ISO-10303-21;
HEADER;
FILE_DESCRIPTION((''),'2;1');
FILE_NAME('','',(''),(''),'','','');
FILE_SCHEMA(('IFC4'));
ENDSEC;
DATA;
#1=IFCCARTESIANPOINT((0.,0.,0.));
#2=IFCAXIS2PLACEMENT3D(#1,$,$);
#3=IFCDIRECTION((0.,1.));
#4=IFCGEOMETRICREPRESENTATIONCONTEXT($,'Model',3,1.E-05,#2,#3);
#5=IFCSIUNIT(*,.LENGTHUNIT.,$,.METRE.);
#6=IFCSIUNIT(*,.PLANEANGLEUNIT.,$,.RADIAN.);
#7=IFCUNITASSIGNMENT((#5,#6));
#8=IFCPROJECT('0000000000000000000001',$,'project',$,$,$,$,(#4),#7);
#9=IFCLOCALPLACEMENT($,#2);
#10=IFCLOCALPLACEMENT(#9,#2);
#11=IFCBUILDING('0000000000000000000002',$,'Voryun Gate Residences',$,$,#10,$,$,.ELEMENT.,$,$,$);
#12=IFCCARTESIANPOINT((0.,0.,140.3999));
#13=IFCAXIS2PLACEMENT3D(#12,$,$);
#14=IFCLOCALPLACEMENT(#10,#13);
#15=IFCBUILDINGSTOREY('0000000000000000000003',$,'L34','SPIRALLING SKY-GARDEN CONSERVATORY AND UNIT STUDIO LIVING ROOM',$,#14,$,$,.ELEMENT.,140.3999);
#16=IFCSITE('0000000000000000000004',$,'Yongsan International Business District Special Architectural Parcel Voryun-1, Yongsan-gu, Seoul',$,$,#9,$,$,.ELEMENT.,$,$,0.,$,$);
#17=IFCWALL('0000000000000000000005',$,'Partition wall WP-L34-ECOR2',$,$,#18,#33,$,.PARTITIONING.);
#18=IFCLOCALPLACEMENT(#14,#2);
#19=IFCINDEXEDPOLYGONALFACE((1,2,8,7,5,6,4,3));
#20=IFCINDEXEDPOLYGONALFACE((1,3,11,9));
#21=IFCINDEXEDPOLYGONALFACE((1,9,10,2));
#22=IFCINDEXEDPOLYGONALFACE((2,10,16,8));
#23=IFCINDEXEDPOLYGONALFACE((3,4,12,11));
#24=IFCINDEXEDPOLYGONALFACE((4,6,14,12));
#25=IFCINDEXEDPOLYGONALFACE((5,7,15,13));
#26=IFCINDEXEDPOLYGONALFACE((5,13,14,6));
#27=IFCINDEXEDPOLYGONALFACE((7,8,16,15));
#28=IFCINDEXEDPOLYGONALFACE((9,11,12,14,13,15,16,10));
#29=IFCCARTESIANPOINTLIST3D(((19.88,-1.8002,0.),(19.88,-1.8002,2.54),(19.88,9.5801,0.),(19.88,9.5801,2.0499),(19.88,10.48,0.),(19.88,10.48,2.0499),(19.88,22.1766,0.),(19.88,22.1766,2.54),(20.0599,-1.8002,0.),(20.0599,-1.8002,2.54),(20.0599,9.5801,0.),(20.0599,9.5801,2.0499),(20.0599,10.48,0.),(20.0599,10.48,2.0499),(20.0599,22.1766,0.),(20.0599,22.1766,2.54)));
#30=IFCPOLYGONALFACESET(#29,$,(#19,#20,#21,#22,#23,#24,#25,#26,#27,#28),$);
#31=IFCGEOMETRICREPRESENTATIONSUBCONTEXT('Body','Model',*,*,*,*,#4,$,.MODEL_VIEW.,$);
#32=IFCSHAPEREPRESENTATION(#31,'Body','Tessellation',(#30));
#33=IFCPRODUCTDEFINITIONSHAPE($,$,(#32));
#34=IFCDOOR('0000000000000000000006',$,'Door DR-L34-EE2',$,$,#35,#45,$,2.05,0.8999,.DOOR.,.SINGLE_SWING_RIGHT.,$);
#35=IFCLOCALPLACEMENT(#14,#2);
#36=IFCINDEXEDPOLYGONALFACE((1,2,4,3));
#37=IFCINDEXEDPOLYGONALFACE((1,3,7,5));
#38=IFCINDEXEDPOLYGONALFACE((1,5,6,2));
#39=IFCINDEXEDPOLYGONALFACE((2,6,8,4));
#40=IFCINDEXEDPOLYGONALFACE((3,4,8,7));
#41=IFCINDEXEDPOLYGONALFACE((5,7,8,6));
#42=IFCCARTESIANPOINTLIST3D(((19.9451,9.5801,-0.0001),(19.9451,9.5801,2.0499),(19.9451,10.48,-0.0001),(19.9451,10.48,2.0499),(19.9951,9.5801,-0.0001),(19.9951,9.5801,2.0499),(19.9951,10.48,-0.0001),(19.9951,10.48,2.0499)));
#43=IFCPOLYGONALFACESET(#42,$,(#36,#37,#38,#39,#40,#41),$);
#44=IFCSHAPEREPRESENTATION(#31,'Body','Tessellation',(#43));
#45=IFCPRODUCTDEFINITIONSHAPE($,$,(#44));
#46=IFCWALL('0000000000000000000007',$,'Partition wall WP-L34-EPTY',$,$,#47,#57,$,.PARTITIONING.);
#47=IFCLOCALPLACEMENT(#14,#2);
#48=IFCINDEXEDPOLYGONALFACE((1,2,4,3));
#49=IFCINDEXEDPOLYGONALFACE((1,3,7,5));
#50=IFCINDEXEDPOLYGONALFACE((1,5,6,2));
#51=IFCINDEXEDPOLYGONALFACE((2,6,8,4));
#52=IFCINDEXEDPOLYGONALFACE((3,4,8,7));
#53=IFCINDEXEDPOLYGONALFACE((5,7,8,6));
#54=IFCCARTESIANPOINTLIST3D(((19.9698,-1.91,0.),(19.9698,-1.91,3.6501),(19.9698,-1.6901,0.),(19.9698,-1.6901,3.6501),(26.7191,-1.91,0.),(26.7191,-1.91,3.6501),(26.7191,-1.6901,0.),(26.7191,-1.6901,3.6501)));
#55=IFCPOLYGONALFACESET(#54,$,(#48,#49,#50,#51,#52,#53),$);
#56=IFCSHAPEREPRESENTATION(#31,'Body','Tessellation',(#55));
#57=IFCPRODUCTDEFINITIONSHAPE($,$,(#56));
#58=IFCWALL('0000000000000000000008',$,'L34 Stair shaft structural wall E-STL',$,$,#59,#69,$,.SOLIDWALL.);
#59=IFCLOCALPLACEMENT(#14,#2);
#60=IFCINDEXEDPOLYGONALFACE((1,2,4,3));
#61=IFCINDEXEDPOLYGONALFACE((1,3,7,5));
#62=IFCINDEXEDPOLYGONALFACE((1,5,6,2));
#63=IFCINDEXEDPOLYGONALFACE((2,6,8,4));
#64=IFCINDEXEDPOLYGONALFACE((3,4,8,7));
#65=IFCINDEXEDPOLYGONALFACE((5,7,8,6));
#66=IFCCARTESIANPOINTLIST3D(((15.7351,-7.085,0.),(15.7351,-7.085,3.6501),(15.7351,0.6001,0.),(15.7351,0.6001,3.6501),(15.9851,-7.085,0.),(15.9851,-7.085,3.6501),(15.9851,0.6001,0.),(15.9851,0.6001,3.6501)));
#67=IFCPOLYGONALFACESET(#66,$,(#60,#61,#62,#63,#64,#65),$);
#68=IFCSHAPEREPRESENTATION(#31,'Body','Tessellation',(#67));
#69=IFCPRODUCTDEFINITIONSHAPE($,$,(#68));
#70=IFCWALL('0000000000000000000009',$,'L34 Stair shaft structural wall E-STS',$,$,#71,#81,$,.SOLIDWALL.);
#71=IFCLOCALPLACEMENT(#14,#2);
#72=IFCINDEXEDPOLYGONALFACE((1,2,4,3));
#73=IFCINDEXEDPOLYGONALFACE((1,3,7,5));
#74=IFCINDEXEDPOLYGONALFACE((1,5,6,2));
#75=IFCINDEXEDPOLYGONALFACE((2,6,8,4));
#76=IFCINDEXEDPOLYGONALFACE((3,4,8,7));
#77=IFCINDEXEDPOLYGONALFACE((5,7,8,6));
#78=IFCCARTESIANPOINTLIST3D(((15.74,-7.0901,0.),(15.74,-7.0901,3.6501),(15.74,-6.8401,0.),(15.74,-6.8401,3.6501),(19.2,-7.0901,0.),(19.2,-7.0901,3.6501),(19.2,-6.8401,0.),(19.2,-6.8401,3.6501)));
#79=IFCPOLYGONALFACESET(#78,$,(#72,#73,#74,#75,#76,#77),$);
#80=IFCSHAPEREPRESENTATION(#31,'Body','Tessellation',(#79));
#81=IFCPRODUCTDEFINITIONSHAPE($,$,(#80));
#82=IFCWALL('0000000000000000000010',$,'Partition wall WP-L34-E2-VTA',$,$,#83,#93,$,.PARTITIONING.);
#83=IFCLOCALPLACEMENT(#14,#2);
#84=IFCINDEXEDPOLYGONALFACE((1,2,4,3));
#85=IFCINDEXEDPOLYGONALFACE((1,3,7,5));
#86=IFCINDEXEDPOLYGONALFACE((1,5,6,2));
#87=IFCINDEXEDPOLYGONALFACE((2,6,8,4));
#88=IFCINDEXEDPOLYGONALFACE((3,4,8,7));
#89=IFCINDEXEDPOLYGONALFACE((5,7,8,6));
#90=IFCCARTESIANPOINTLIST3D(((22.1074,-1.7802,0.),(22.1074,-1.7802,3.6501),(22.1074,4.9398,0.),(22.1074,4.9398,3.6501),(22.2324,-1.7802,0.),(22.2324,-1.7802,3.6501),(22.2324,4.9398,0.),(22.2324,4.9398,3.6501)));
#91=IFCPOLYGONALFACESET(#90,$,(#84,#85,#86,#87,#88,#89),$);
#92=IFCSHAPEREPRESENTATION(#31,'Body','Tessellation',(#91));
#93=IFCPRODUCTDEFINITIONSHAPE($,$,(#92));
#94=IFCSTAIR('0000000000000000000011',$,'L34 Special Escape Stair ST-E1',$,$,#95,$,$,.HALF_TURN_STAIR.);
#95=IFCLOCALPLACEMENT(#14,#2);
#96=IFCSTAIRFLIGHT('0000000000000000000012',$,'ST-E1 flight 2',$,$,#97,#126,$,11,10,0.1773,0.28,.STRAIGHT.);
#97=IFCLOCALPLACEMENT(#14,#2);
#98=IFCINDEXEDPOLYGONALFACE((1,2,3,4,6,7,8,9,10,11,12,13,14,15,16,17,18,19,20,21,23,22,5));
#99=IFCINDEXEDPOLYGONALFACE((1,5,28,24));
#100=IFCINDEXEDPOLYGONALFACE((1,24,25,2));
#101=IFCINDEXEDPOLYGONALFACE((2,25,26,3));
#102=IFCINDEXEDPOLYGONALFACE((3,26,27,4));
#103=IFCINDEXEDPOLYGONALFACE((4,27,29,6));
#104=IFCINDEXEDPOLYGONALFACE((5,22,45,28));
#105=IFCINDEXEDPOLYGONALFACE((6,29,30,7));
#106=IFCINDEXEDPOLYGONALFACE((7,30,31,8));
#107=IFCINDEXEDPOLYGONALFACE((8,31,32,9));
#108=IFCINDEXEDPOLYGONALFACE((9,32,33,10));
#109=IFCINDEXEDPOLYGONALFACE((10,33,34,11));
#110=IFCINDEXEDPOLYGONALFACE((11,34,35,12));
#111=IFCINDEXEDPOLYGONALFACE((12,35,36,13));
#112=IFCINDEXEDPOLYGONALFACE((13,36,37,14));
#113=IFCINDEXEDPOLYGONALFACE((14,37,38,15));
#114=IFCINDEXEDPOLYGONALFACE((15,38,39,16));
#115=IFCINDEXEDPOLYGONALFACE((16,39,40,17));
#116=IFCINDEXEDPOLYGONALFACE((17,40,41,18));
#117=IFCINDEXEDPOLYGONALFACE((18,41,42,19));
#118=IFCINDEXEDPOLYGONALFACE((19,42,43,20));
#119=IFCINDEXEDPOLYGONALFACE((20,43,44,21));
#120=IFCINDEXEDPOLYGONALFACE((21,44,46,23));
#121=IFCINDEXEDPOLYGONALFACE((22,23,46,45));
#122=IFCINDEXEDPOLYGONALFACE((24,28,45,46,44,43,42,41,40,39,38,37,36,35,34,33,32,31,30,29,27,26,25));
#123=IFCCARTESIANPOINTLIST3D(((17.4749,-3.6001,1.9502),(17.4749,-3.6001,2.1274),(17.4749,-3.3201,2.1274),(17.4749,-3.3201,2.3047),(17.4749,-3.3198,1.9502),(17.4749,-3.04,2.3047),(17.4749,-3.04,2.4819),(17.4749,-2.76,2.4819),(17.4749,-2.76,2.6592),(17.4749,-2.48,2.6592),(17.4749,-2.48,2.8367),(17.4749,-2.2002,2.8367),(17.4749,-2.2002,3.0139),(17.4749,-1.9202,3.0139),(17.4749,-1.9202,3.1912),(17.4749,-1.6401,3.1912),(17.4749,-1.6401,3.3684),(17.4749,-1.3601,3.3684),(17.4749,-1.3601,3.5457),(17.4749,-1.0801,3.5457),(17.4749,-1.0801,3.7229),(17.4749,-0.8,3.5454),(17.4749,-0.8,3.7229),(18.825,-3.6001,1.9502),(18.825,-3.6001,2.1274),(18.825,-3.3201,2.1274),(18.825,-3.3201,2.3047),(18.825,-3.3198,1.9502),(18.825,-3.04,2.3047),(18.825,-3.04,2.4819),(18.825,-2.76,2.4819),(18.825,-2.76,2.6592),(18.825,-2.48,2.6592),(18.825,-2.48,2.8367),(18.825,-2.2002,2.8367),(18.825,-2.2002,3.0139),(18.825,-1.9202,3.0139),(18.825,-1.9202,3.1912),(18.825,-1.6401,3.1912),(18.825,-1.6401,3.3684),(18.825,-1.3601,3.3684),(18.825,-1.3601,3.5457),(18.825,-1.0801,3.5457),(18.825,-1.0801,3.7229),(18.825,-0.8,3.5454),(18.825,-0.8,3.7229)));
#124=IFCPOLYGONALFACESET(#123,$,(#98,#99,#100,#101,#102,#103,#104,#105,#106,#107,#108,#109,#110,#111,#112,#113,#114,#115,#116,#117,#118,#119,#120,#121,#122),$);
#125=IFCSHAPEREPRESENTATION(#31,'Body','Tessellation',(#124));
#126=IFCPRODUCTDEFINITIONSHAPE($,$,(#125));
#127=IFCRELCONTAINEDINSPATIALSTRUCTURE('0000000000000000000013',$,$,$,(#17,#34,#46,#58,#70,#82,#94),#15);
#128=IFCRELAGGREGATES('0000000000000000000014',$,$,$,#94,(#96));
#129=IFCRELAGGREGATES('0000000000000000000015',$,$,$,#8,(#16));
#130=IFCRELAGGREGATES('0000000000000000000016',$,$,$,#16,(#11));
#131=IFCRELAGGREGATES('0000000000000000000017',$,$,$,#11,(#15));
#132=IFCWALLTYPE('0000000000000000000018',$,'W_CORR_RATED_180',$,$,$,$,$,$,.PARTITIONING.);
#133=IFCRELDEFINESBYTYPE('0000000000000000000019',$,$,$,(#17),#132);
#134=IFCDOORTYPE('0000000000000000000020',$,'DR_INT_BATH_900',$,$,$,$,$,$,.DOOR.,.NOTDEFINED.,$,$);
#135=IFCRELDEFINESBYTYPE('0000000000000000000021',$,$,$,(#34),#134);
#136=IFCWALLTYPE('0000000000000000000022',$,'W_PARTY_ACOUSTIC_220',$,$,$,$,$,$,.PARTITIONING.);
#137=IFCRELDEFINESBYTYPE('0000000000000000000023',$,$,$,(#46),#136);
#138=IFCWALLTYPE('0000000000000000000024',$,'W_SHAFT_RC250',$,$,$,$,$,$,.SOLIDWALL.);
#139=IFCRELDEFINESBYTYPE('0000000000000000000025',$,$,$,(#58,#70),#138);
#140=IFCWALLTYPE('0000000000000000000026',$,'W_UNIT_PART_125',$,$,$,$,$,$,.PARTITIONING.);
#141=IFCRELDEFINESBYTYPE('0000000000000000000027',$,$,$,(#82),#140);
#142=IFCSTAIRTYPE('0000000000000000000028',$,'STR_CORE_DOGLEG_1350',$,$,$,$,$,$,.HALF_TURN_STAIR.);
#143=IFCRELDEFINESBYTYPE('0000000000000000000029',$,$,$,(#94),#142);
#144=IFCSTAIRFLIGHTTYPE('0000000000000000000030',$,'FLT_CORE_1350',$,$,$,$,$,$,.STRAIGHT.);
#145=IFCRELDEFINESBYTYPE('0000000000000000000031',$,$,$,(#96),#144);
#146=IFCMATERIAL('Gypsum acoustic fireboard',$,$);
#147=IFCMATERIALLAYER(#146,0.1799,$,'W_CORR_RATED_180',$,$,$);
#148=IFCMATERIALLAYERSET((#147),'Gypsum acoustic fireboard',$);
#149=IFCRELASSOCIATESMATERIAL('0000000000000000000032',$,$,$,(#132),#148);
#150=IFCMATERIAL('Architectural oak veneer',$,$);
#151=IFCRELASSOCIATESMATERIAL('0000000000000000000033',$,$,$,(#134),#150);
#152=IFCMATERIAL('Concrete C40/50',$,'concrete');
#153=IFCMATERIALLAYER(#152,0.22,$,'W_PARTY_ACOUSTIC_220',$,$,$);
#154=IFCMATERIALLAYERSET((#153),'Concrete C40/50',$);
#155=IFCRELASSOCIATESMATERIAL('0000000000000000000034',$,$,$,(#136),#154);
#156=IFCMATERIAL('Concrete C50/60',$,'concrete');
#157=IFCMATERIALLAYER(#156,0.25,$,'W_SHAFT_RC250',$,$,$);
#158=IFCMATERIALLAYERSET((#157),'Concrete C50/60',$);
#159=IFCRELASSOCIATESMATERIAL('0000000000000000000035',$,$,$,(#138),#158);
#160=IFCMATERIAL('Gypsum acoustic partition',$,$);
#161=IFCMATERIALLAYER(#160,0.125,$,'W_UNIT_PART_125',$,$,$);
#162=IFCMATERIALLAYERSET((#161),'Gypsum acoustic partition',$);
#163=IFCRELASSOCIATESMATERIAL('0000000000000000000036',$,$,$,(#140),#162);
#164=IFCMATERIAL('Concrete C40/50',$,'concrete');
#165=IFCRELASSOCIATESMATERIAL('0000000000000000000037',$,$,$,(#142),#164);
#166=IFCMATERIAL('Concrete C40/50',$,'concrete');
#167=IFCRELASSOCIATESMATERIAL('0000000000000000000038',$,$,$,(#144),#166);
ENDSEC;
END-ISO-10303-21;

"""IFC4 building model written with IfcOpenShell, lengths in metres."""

from ifc_helpers import new_model, si_unit, direction, frame, frame_2d, origin, place, context, subcontext, project, spatial, polyline, rectangle, outline, extrude, material, layer, layer_set, type_object, element, fill, aggregate, save


model = new_model("IFC4")

# Units and contexts
model_context = context("Model", 3, precision=1e-05, world=origin(), true_north=direction((0.0, 1.0)))
body_context = subcontext(model_context, "Body", "Model", "MODEL_VIEW")
ifc_project = project(units=[si_unit("LENGTHUNIT", "METRE"), si_unit("PLANEANGLEUNIT", "RADIAN")], contexts=[model_context])

# Site, building, storey
site_placement = place(None, origin())
site = spatial("IfcSite", under=ifc_project, at=site_placement, Name="Yongsan International Business District Special Architectural Parcel Voryun-1, Yongsan-gu, Seoul", CompositionType="ELEMENT", RefElevation=0.0)
building_placement = place(site_placement, origin())
building = spatial("IfcBuilding", under=site, at=building_placement, Name="Voryun Gate Residences", CompositionType="ELEMENT")
storey_placement = place(building_placement, frame((0.0, 0.0, 140.3999)))
storey = spatial("IfcBuildingStorey", under=building, at=storey_placement, Name="L34", Description="SPIRALLING SKY-GARDEN CONSERVATORY AND UNIT STUDIO LIVING ROOM", CompositionType="ELEMENT", Elevation=140.3999)

# Wall, opening, door
ifc_material_1 = material(Name="Gypsum acoustic fireboard")
ifc_layer_1 = layer(ifc_material_1, 0.1799, Name="W_CORR_RATED_180")
ifc_layer_set_1 = layer_set([ifc_layer_1], Name="Gypsum acoustic fireboard")
wall_type_1 = type_object("IfcWallType", Name="W_CORR_RATED_180", PredefinedType="PARTITIONING", material=ifc_layer_set_1)
wall_1_placement = place(storey_placement, frame((19.97, -1.8, 0.0), z_axis=(0.0, 0.0, 1.0), x_axis=(0.0, 1.0, 0.0)))
wall_1 = element("IfcWall", 1, at=wall_1_placement, inside=storey, type_object=wall_type_1, Name="Partition wall WP-L34-ECOR2", PredefinedType="PARTITIONING", context=body_context, shape_type="SweptSolid", body=[
    extrude(rectangle(XDim=23.9768, YDim=0.1799, at=frame_2d((11.9883, 0.0))), origin(), (0.0, 0.0, 1.0), 2.54),
])
opening_placement = place(wall_1_placement, frame((11.3801, 0.0, 0.0)))
opening = element("IfcOpeningElement", 2, at=opening_placement, cuts=wall_1, PredefinedType="OPENING", context=body_context, shape_type="SweptSolid", body=[
    extrude(rectangle(XDim=0.8999, YDim=2.05, at=frame_2d((0.45, 1.0249))), frame((0.0, 0.0999, 0.0), z_axis=(0.0, -1.0, 0.0), x_axis=(1.0, 0.0, 0.0)), (0.0, 0.0, 1.0), 0.2),
])
ifc_material_2 = material(Name="Architectural oak veneer")
door_type = type_object("IfcDoorType", Name="DR_INT_BATH_900", OperationType="NOTDEFINED", PredefinedType="DOOR", material=ifc_material_2)
door_placement = place(opening_placement, origin())
door = element("IfcDoor", 3, at=door_placement, inside=storey, type_object=door_type, Name="Door DR-L34-EE2", OperationType="SINGLE_SWING_RIGHT", OverallHeight=2.05, OverallWidth=0.8999, PredefinedType="DOOR", context=body_context, shape_type="SweptSolid", body=[
    extrude(rectangle(XDim=0.8999, YDim=2.05, at=frame_2d((0.45, 1.0249))), frame((0.0, 0.0249, 0.0), z_axis=(0.0, -1.0, 0.0), x_axis=(1.0, 0.0, 0.0)), (0.0, 0.0, 1.0), 0.05),
])
fill(opening, door)

# Walls
ifc_material_3 = material(Name="Concrete C40/50", Category="concrete")
ifc_layer_2 = layer(ifc_material_3, 0.22, Name="W_PARTY_ACOUSTIC_220")
ifc_layer_set_2 = layer_set([ifc_layer_2], Name="Concrete C40/50")
wall_type_2 = type_object("IfcWallType", Name="W_PARTY_ACOUSTIC_220", PredefinedType="PARTITIONING", material=ifc_layer_set_2)
wall_2_placement = place(storey_placement, frame((19.97, -1.8, 0.0), z_axis=(0.0, 0.0, 1.0), x_axis=(1.0, 0.0, 0.0)))
element("IfcWall", 4, at=wall_2_placement, inside=storey, type_object=wall_type_2, Name="Partition wall WP-L34-EPTY", PredefinedType="PARTITIONING", context=body_context, shape_type="SweptSolid", body=[
    extrude(rectangle(XDim=6.7493, YDim=0.22, at=frame_2d((3.3745, 0.0))), origin(), (0.0, 0.0, 1.0), 3.6501),
])
ifc_material_4 = material(Name="Concrete C50/60", Category="concrete")
ifc_layer_3 = layer(ifc_material_4, 0.25, Name="W_SHAFT_RC250")
ifc_layer_set_3 = layer_set([ifc_layer_3], Name="Concrete C50/60")
wall_type_3 = type_object("IfcWallType", Name="W_SHAFT_RC250", PredefinedType="SOLIDWALL", material=ifc_layer_set_3)
wall_3_placement = place(storey_placement, frame((15.8601, -7.085, 0.0), z_axis=(0.0, 0.0, 1.0), x_axis=(0.0, 1.0, 0.0)))
element("IfcWall", 5, at=wall_3_placement, inside=storey, type_object=wall_type_3, Name="L34 Stair shaft structural wall E-STL", PredefinedType="SOLIDWALL", context=body_context, shape_type="SweptSolid", body=[
    extrude(rectangle(XDim=7.6851, YDim=0.25, at=frame_2d((3.8425, 0.0))), origin(), (0.0, 0.0, 1.0), 3.6501),
])
wall_4_placement = place(storey_placement, frame((15.74, -6.9651, 0.0), z_axis=(0.0, 0.0, 1.0), x_axis=(1.0, 0.0, 0.0)))
element("IfcWall", 6, at=wall_4_placement, inside=storey, type_object=wall_type_3, Name="L34 Stair shaft structural wall E-STS", PredefinedType="SOLIDWALL", context=body_context, shape_type="SweptSolid", body=[
    extrude(rectangle(XDim=3.46, YDim=0.25, at=frame_2d((1.73, 0.0))), origin(), (0.0, 0.0, 1.0), 3.6501),
])
ifc_material_5 = material(Name="Gypsum acoustic partition")
ifc_layer_4 = layer(ifc_material_5, 0.125, Name="W_UNIT_PART_125")
ifc_layer_set_4 = layer_set([ifc_layer_4], Name="Gypsum acoustic partition")
wall_type_4 = type_object("IfcWallType", Name="W_UNIT_PART_125", PredefinedType="PARTITIONING", material=ifc_layer_set_4)
wall_5_placement = place(storey_placement, frame((22.1699, -1.78, 0.0), z_axis=(0.0, 0.0, 1.0), x_axis=(0.0, 1.0, 0.0)))
element("IfcWall", 7, at=wall_5_placement, inside=storey, type_object=wall_type_4, Name="Partition wall WP-L34-E2-VTA", PredefinedType="PARTITIONING", context=body_context, shape_type="SweptSolid", body=[
    extrude(rectangle(XDim=6.72, YDim=0.125, at=frame_2d((3.3599, 0.0))), origin(), (0.0, 0.0, 1.0), 3.6501),
])

# Stair, stair flight
ifc_material_6 = material(Name="Concrete C40/50", Category="concrete")
stair_type = type_object("IfcStairType", Name="STR_CORE_DOGLEG_1350", PredefinedType="HALF_TURN_STAIR", material=ifc_material_6)
stair_placement = place(storey_placement, origin())
stair = element("IfcStair", 8, at=stair_placement, inside=storey, type_object=stair_type, Name="L34 Special Escape Stair ST-E1", PredefinedType="HALF_TURN_STAIR")
ifc_material_7 = material(Name="Concrete C40/50", Category="concrete")
stair_flight_type = type_object("IfcStairFlightType", Name="FLT_CORE_1350", PredefinedType="STRAIGHT", material=ifc_material_7)
stair_flight_placement = place(storey_placement, frame((18.1499, -3.6001, 1.9502), z_axis=(0.0, 0.0, 1.0), x_axis=(0.0, 1.0, 0.0)))
stair_flight = element("IfcStairFlight", 9, at=stair_flight_placement, type_object=stair_flight_type, Name="ST-E1 flight 2", NumberOfRisers=11, NumberOfTreads=10, PredefinedType="STRAIGHT", RiserHeight=0.1773, TreadLength=0.28, context=body_context, shape_type="SweptSolid", body=[
    extrude(outline(polyline([(0.0, 0.0), (0.0, 0.1772), (0.28, 0.1772), (0.28, 0.3545), (0.5601, 0.3545), (0.5601, 0.5317), (0.8401, 0.5317), (0.8401, 0.709), (1.1201, 0.709), (1.1201, 0.8865), (1.3999, 0.8865), (1.3999, 1.0637), (1.6799, 1.0637), (1.6799, 1.241), (1.96, 1.241), (1.96, 1.4182), (2.24, 1.4182), (2.24, 1.5955), (2.52, 1.5955), (2.52, 1.7727), (2.8, 1.7727), (2.8, 1.95), (2.8, 1.5952), (0.2803, 0.0), (0.0, 0.0)])), frame((0.0, 0.675, 0.0), z_axis=(0.0, -1.0, 0.0), x_axis=(1.0, 0.0, 0.0)), (0.0, 0.0, 1.0), 1.3501),
])
aggregate(stair, [stair_flight])

save(model, "model.ifc")
